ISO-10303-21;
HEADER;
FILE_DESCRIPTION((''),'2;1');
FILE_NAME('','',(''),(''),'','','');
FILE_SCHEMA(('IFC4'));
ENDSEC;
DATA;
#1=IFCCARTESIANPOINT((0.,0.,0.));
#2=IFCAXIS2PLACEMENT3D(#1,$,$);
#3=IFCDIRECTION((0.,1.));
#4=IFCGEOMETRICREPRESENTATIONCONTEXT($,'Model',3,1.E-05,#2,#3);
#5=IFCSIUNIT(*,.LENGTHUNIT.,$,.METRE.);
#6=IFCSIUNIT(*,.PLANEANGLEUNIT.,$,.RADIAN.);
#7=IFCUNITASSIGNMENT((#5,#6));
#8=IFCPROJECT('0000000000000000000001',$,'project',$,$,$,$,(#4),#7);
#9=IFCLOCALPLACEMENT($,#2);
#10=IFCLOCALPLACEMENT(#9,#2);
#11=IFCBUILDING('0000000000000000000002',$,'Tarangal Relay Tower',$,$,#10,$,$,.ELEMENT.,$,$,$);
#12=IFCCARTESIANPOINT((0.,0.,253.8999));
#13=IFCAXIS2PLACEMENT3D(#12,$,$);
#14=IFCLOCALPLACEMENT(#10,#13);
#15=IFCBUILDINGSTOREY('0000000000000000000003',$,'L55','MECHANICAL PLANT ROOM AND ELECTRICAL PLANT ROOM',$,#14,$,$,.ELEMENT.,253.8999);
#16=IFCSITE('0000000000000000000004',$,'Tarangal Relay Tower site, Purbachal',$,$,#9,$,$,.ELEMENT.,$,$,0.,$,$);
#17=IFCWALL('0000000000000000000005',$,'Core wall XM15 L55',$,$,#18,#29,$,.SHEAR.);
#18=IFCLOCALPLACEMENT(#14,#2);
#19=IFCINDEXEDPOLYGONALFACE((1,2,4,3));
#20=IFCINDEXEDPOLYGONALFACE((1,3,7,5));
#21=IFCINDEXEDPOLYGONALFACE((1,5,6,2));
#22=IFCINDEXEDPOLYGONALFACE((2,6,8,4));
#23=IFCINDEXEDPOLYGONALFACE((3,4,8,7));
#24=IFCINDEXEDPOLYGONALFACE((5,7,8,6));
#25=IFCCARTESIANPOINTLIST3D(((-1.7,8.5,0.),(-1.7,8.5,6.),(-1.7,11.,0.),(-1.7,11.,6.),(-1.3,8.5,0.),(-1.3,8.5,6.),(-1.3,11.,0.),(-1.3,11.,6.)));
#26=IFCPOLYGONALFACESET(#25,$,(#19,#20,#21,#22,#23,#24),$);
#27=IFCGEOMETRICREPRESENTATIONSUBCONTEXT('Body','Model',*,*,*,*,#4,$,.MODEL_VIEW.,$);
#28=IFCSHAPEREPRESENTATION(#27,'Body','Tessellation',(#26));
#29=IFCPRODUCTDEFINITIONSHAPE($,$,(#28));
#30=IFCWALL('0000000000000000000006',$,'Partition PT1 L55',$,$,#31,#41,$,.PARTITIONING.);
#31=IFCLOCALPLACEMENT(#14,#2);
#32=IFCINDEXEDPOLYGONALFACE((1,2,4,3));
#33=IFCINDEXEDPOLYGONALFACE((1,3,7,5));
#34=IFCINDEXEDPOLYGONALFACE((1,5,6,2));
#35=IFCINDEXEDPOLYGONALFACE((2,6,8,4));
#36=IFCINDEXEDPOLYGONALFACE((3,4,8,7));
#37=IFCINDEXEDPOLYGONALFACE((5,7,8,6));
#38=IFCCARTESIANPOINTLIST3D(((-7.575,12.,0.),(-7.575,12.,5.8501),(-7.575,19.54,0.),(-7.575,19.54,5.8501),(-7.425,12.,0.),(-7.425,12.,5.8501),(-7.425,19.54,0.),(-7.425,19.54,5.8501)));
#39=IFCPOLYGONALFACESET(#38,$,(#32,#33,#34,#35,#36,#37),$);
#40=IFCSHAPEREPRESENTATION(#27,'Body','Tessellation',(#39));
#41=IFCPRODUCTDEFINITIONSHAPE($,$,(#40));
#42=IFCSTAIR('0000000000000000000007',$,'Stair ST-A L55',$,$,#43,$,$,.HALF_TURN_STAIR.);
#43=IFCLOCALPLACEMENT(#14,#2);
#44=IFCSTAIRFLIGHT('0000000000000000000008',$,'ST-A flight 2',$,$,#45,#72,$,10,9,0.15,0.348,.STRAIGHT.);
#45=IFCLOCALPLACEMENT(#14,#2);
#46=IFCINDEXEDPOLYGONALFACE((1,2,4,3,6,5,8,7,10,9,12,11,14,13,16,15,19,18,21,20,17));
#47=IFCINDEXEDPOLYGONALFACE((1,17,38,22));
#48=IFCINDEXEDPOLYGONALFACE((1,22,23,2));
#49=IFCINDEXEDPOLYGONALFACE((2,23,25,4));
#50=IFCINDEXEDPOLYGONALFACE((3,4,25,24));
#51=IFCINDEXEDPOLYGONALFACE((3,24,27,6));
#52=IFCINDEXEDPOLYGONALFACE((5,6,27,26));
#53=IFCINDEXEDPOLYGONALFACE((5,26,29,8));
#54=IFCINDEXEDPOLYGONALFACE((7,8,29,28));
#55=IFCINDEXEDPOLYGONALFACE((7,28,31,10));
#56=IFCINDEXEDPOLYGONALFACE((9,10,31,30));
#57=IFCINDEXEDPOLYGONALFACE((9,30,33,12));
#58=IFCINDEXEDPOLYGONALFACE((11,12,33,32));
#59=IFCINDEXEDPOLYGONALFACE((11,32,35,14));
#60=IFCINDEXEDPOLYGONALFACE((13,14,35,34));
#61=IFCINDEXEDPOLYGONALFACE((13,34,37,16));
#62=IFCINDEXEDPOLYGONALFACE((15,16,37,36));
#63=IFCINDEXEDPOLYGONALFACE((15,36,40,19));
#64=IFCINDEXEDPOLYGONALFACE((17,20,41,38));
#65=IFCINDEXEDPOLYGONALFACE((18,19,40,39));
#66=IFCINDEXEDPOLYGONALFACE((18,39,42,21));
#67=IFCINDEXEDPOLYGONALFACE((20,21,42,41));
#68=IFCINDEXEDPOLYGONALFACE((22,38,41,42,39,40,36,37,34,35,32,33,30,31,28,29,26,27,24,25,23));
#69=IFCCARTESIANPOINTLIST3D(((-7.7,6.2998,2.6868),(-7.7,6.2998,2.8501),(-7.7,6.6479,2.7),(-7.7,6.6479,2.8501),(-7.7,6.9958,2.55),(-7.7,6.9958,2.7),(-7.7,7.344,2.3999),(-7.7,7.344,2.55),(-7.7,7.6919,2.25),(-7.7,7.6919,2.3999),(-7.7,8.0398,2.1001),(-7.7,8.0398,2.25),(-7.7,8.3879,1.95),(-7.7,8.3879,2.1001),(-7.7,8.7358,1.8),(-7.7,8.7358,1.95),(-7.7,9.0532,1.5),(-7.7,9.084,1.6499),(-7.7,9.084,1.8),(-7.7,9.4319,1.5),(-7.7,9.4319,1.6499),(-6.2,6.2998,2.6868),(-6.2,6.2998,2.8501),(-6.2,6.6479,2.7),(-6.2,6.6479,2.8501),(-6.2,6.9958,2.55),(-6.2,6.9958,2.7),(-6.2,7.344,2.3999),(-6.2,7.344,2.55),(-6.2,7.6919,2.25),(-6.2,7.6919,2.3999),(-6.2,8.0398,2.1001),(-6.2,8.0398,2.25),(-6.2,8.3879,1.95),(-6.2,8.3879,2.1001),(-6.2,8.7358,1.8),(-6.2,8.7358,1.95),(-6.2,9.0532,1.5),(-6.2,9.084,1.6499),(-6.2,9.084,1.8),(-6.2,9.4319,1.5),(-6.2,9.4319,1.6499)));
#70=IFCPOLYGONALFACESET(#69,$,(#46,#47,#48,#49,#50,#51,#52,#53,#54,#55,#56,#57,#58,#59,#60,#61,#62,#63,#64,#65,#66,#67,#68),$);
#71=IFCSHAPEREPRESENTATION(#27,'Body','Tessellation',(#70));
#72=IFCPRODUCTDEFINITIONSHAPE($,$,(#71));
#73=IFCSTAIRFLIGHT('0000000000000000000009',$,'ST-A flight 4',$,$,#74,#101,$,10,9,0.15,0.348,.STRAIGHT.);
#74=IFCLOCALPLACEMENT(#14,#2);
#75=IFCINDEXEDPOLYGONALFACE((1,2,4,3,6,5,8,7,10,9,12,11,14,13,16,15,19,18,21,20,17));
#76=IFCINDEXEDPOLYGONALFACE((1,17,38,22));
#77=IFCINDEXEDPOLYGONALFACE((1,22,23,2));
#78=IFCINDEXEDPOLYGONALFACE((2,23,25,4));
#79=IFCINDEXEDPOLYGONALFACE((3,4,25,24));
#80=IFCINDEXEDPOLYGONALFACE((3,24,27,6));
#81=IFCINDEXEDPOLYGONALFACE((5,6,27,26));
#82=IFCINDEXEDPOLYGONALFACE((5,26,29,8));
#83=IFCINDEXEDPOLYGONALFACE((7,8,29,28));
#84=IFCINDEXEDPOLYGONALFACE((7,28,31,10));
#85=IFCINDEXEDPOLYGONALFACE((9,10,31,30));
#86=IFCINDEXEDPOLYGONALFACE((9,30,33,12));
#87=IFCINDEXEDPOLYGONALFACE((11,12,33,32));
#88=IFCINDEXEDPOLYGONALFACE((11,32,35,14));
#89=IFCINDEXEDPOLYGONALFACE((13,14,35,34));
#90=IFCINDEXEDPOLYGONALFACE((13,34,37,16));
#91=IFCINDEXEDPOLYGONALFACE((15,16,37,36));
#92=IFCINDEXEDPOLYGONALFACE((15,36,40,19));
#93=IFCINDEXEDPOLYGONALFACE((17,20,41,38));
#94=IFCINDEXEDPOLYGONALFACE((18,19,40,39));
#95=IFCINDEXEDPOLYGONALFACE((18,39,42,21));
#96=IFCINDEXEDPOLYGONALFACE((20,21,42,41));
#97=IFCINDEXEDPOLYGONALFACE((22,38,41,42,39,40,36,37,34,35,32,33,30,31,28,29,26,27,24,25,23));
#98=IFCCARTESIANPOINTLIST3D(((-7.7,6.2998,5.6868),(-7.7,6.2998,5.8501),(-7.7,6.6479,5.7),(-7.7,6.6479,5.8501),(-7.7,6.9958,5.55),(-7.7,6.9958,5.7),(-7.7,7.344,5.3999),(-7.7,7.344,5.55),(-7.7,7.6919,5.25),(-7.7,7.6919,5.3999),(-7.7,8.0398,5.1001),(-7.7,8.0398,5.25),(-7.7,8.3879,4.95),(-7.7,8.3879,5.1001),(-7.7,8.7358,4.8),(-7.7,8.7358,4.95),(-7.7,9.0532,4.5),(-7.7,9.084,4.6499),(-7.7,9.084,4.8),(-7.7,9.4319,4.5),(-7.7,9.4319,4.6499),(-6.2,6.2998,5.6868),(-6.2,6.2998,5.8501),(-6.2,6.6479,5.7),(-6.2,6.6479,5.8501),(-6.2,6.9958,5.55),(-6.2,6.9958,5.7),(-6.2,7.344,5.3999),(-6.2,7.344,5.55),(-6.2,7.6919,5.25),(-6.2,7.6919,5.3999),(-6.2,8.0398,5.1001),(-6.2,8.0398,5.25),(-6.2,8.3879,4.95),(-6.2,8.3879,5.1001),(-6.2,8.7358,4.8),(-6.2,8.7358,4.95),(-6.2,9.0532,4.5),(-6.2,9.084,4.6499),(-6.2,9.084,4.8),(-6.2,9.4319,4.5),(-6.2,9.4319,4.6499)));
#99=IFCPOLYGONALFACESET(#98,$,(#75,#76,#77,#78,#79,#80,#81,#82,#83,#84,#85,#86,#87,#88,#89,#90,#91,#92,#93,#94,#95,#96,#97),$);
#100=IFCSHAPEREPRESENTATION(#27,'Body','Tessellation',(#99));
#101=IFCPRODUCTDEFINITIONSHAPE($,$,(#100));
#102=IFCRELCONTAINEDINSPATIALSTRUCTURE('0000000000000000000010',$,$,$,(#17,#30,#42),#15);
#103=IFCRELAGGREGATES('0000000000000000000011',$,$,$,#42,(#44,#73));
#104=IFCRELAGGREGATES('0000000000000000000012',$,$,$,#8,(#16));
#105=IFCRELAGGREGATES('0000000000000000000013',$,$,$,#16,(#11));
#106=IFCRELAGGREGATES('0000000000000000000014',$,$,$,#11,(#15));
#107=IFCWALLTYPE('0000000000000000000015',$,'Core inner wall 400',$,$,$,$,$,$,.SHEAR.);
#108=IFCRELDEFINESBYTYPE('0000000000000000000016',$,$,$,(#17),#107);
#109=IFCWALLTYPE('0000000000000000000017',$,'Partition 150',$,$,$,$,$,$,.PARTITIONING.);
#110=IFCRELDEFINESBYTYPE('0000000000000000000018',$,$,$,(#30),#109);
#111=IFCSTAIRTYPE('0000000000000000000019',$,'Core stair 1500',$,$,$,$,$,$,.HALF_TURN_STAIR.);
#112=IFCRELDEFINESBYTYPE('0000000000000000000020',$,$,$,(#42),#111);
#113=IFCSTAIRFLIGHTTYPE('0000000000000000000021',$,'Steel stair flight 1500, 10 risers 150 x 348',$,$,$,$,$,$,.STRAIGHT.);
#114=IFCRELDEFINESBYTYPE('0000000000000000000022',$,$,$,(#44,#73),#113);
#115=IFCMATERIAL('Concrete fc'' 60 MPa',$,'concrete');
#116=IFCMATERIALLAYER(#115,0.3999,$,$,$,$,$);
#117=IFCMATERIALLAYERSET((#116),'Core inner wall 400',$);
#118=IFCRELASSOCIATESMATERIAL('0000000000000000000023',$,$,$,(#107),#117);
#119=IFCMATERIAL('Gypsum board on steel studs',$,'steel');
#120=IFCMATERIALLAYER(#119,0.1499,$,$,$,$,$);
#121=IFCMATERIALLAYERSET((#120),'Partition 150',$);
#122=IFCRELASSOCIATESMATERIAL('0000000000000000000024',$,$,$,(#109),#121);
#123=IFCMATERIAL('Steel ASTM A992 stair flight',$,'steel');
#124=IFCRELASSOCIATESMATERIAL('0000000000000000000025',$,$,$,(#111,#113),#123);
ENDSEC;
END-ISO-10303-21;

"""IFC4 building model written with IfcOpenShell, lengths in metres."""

from ifc_helpers import new_model, si_unit, direction, frame, frame_2d, origin, place, context, subcontext, project, spatial, polyline, rectangle, outline, extrude, material, layer, layer_set, type_object, element, aggregate, save


model = new_model("IFC4")

# Units and contexts
model_context = context("Model", 3, precision=1e-05, world=origin(), true_north=direction((0.0, 1.0)))
body_context = subcontext(model_context, "Body", "Model", "MODEL_VIEW")
ifc_project = project(units=[si_unit("LENGTHUNIT", "METRE"), si_unit("PLANEANGLEUNIT", "RADIAN")], contexts=[model_context])

# Site, building, storey
site_placement = place(None, origin())
site = spatial("IfcSite", under=ifc_project, at=site_placement, Name="Tarangal Relay Tower site, Purbachal", CompositionType="ELEMENT", RefElevation=0.0)
building_placement = place(site_placement, origin())
building = spatial("IfcBuilding", under=site, at=building_placement, Name="Tarangal Relay Tower", CompositionType="ELEMENT")
storey_placement = place(building_placement, frame((0.0, 0.0, 253.8999)))
storey = spatial("IfcBuildingStorey", under=building, at=storey_placement, Name="L55", Description="MECHANICAL PLANT ROOM AND ELECTRICAL PLANT ROOM", CompositionType="ELEMENT", Elevation=253.8999)

# Shared definitions
ifc_material_1 = material(Name="Concrete fc' 60 MPa", Category="concrete")
ifc_layer_1 = layer(ifc_material_1, 0.3999)
ifc_layer_set_1 = layer_set([ifc_layer_1], Name="Core inner wall 400")
wall_type_1 = type_object("IfcWallType", Name="Core inner wall 400", PredefinedType="SHEAR", material=ifc_layer_set_1)

# Walls
for number, where, z_axis, x_axis, name in (
    (1, (-1.5, 8.5, 0.0), (0.0, 0.0, 1.0), (0.0, 1.0, 0.0), "Core wall XM15 L55"),
):
    element("IfcWall", number, at=place(storey_placement, frame(where, z_axis=z_axis, x_axis=x_axis)), inside=storey, type_object=wall_type_1, Name=name, PredefinedType="SHEAR", context=body_context, shape_type="SweptSolid", body=[
        extrude(rectangle(XDim=2.5, YDim=0.3999, at=frame_2d((1.25, 0.0))), origin(), (0.0, 0.0, 1.0), 6.0),
    ])
ifc_material_2 = material(Name="Gypsum board on steel studs", Category="steel")
ifc_layer_2 = layer(ifc_material_2, 0.1499)
ifc_layer_set_2 = layer_set([ifc_layer_2], Name="Partition 150")
wall_type_2 = type_object("IfcWallType", Name="Partition 150", PredefinedType="PARTITIONING", material=ifc_layer_set_2)
wall_1_placement = place(storey_placement, frame((-7.5, 12.0, 0.0), z_axis=(0.0, 0.0, 1.0), x_axis=(0.0, 1.0, 0.0)))
element("IfcWall", 2, at=wall_1_placement, inside=storey, type_object=wall_type_2, Name="Partition PT1 L55", PredefinedType="PARTITIONING", context=body_context, shape_type="SweptSolid", body=[
    extrude(rectangle(XDim=7.54, YDim=0.1499, at=frame_2d((3.77, 0.0))), origin(), (0.0, 0.0, 1.0), 5.8501),
])

# Stair, stair flights
ifc_material_3 = material(Name="Steel ASTM A992 stair flight", Category="steel")
stair_type = type_object("IfcStairType", Name="Core stair 1500", PredefinedType="HALF_TURN_STAIR", material=ifc_material_3)
stair_placement = place(storey_placement, origin())
stair = element("IfcStair", 3, at=stair_placement, inside=storey, type_object=stair_type, Name="Stair ST-A L55", PredefinedType="HALF_TURN_STAIR")
stair_flight_type = type_object("IfcStairFlightType", Name="Steel stair flight 1500, 10 risers 150 x 348", PredefinedType="STRAIGHT", material=ifc_material_3)
stair_flight_1_placement = place(storey_placement, frame((-6.95, 9.4319, 1.5), z_axis=(0.0, 0.0, 1.0), x_axis=(0.0, -1.0, 0.0)))
stair_flight_1 = element("IfcStairFlight", 4, at=stair_flight_1_placement, type_object=stair_flight_type, Name="ST-A flight 2", NumberOfRisers=10, NumberOfTreads=9, PredefinedType="STRAIGHT", RiserHeight=0.15, TreadLength=0.348, context=body_context, shape_type="SweptSolid", body=[
    extrude(outline(polyline([(0.0, 0.0), (0.0, 0.1499), (0.3479, 0.1499), (0.3479, 0.3), (0.696, 0.3), (0.696, 0.45), (1.0439, 0.45), (1.0439, 0.6001), (1.3921, 0.6001), (1.3921, 0.75), (1.74, 0.75), (1.74, 0.8999), (2.0879, 0.8999), (2.0879, 1.05), (2.436, 1.05), (2.436, 1.2), (2.7839, 1.2), (2.7839, 1.3501), (3.1321, 1.3501), (3.1321, 1.5), (3.1321, 1.1868), (0.3787, 0.0), (0.0, 0.0)])), frame((0.0, 0.75, 0.0), z_axis=(0.0, -1.0, 0.0), x_axis=(1.0, 0.0, 0.0)), (0.0, 0.0, 1.0), 1.5),
])
stair_flight_2_placement = place(storey_placement, frame((-6.95, 9.4319, 4.5), z_axis=(0.0, 0.0, 1.0), x_axis=(0.0, -1.0, 0.0)))
stair_flight_2 = element("IfcStairFlight", 5, at=stair_flight_2_placement, type_object=stair_flight_type, Name="ST-A flight 4", NumberOfRisers=10, NumberOfTreads=9, PredefinedType="STRAIGHT", RiserHeight=0.15, TreadLength=0.348, context=body_context, shape_type="SweptSolid", body=[
    extrude(outline(polyline([(0.0, 0.0), (0.0, 0.1499), (0.3479, 0.1499), (0.3479, 0.3), (0.696, 0.3), (0.696, 0.45), (1.0439, 0.45), (1.0439, 0.6001), (1.3921, 0.6001), (1.3921, 0.75), (1.74, 0.75), (1.74, 0.8999), (2.0879, 0.8999), (2.0879, 1.05), (2.436, 1.05), (2.436, 1.2), (2.7839, 1.2), (2.7839, 1.3501), (3.1321, 1.3501), (3.1321, 1.5), (3.1321, 1.1868), (0.3787, 0.0), (0.0, 0.0)])), frame((0.0, 0.75, 0.0), z_axis=(0.0, -1.0, 0.0), x_axis=(1.0, 0.0, 0.0)), (0.0, 0.0, 1.0), 1.5),
])
aggregate(stair, [stair_flight_1, stair_flight_2])

save(model, "model.ifc")
